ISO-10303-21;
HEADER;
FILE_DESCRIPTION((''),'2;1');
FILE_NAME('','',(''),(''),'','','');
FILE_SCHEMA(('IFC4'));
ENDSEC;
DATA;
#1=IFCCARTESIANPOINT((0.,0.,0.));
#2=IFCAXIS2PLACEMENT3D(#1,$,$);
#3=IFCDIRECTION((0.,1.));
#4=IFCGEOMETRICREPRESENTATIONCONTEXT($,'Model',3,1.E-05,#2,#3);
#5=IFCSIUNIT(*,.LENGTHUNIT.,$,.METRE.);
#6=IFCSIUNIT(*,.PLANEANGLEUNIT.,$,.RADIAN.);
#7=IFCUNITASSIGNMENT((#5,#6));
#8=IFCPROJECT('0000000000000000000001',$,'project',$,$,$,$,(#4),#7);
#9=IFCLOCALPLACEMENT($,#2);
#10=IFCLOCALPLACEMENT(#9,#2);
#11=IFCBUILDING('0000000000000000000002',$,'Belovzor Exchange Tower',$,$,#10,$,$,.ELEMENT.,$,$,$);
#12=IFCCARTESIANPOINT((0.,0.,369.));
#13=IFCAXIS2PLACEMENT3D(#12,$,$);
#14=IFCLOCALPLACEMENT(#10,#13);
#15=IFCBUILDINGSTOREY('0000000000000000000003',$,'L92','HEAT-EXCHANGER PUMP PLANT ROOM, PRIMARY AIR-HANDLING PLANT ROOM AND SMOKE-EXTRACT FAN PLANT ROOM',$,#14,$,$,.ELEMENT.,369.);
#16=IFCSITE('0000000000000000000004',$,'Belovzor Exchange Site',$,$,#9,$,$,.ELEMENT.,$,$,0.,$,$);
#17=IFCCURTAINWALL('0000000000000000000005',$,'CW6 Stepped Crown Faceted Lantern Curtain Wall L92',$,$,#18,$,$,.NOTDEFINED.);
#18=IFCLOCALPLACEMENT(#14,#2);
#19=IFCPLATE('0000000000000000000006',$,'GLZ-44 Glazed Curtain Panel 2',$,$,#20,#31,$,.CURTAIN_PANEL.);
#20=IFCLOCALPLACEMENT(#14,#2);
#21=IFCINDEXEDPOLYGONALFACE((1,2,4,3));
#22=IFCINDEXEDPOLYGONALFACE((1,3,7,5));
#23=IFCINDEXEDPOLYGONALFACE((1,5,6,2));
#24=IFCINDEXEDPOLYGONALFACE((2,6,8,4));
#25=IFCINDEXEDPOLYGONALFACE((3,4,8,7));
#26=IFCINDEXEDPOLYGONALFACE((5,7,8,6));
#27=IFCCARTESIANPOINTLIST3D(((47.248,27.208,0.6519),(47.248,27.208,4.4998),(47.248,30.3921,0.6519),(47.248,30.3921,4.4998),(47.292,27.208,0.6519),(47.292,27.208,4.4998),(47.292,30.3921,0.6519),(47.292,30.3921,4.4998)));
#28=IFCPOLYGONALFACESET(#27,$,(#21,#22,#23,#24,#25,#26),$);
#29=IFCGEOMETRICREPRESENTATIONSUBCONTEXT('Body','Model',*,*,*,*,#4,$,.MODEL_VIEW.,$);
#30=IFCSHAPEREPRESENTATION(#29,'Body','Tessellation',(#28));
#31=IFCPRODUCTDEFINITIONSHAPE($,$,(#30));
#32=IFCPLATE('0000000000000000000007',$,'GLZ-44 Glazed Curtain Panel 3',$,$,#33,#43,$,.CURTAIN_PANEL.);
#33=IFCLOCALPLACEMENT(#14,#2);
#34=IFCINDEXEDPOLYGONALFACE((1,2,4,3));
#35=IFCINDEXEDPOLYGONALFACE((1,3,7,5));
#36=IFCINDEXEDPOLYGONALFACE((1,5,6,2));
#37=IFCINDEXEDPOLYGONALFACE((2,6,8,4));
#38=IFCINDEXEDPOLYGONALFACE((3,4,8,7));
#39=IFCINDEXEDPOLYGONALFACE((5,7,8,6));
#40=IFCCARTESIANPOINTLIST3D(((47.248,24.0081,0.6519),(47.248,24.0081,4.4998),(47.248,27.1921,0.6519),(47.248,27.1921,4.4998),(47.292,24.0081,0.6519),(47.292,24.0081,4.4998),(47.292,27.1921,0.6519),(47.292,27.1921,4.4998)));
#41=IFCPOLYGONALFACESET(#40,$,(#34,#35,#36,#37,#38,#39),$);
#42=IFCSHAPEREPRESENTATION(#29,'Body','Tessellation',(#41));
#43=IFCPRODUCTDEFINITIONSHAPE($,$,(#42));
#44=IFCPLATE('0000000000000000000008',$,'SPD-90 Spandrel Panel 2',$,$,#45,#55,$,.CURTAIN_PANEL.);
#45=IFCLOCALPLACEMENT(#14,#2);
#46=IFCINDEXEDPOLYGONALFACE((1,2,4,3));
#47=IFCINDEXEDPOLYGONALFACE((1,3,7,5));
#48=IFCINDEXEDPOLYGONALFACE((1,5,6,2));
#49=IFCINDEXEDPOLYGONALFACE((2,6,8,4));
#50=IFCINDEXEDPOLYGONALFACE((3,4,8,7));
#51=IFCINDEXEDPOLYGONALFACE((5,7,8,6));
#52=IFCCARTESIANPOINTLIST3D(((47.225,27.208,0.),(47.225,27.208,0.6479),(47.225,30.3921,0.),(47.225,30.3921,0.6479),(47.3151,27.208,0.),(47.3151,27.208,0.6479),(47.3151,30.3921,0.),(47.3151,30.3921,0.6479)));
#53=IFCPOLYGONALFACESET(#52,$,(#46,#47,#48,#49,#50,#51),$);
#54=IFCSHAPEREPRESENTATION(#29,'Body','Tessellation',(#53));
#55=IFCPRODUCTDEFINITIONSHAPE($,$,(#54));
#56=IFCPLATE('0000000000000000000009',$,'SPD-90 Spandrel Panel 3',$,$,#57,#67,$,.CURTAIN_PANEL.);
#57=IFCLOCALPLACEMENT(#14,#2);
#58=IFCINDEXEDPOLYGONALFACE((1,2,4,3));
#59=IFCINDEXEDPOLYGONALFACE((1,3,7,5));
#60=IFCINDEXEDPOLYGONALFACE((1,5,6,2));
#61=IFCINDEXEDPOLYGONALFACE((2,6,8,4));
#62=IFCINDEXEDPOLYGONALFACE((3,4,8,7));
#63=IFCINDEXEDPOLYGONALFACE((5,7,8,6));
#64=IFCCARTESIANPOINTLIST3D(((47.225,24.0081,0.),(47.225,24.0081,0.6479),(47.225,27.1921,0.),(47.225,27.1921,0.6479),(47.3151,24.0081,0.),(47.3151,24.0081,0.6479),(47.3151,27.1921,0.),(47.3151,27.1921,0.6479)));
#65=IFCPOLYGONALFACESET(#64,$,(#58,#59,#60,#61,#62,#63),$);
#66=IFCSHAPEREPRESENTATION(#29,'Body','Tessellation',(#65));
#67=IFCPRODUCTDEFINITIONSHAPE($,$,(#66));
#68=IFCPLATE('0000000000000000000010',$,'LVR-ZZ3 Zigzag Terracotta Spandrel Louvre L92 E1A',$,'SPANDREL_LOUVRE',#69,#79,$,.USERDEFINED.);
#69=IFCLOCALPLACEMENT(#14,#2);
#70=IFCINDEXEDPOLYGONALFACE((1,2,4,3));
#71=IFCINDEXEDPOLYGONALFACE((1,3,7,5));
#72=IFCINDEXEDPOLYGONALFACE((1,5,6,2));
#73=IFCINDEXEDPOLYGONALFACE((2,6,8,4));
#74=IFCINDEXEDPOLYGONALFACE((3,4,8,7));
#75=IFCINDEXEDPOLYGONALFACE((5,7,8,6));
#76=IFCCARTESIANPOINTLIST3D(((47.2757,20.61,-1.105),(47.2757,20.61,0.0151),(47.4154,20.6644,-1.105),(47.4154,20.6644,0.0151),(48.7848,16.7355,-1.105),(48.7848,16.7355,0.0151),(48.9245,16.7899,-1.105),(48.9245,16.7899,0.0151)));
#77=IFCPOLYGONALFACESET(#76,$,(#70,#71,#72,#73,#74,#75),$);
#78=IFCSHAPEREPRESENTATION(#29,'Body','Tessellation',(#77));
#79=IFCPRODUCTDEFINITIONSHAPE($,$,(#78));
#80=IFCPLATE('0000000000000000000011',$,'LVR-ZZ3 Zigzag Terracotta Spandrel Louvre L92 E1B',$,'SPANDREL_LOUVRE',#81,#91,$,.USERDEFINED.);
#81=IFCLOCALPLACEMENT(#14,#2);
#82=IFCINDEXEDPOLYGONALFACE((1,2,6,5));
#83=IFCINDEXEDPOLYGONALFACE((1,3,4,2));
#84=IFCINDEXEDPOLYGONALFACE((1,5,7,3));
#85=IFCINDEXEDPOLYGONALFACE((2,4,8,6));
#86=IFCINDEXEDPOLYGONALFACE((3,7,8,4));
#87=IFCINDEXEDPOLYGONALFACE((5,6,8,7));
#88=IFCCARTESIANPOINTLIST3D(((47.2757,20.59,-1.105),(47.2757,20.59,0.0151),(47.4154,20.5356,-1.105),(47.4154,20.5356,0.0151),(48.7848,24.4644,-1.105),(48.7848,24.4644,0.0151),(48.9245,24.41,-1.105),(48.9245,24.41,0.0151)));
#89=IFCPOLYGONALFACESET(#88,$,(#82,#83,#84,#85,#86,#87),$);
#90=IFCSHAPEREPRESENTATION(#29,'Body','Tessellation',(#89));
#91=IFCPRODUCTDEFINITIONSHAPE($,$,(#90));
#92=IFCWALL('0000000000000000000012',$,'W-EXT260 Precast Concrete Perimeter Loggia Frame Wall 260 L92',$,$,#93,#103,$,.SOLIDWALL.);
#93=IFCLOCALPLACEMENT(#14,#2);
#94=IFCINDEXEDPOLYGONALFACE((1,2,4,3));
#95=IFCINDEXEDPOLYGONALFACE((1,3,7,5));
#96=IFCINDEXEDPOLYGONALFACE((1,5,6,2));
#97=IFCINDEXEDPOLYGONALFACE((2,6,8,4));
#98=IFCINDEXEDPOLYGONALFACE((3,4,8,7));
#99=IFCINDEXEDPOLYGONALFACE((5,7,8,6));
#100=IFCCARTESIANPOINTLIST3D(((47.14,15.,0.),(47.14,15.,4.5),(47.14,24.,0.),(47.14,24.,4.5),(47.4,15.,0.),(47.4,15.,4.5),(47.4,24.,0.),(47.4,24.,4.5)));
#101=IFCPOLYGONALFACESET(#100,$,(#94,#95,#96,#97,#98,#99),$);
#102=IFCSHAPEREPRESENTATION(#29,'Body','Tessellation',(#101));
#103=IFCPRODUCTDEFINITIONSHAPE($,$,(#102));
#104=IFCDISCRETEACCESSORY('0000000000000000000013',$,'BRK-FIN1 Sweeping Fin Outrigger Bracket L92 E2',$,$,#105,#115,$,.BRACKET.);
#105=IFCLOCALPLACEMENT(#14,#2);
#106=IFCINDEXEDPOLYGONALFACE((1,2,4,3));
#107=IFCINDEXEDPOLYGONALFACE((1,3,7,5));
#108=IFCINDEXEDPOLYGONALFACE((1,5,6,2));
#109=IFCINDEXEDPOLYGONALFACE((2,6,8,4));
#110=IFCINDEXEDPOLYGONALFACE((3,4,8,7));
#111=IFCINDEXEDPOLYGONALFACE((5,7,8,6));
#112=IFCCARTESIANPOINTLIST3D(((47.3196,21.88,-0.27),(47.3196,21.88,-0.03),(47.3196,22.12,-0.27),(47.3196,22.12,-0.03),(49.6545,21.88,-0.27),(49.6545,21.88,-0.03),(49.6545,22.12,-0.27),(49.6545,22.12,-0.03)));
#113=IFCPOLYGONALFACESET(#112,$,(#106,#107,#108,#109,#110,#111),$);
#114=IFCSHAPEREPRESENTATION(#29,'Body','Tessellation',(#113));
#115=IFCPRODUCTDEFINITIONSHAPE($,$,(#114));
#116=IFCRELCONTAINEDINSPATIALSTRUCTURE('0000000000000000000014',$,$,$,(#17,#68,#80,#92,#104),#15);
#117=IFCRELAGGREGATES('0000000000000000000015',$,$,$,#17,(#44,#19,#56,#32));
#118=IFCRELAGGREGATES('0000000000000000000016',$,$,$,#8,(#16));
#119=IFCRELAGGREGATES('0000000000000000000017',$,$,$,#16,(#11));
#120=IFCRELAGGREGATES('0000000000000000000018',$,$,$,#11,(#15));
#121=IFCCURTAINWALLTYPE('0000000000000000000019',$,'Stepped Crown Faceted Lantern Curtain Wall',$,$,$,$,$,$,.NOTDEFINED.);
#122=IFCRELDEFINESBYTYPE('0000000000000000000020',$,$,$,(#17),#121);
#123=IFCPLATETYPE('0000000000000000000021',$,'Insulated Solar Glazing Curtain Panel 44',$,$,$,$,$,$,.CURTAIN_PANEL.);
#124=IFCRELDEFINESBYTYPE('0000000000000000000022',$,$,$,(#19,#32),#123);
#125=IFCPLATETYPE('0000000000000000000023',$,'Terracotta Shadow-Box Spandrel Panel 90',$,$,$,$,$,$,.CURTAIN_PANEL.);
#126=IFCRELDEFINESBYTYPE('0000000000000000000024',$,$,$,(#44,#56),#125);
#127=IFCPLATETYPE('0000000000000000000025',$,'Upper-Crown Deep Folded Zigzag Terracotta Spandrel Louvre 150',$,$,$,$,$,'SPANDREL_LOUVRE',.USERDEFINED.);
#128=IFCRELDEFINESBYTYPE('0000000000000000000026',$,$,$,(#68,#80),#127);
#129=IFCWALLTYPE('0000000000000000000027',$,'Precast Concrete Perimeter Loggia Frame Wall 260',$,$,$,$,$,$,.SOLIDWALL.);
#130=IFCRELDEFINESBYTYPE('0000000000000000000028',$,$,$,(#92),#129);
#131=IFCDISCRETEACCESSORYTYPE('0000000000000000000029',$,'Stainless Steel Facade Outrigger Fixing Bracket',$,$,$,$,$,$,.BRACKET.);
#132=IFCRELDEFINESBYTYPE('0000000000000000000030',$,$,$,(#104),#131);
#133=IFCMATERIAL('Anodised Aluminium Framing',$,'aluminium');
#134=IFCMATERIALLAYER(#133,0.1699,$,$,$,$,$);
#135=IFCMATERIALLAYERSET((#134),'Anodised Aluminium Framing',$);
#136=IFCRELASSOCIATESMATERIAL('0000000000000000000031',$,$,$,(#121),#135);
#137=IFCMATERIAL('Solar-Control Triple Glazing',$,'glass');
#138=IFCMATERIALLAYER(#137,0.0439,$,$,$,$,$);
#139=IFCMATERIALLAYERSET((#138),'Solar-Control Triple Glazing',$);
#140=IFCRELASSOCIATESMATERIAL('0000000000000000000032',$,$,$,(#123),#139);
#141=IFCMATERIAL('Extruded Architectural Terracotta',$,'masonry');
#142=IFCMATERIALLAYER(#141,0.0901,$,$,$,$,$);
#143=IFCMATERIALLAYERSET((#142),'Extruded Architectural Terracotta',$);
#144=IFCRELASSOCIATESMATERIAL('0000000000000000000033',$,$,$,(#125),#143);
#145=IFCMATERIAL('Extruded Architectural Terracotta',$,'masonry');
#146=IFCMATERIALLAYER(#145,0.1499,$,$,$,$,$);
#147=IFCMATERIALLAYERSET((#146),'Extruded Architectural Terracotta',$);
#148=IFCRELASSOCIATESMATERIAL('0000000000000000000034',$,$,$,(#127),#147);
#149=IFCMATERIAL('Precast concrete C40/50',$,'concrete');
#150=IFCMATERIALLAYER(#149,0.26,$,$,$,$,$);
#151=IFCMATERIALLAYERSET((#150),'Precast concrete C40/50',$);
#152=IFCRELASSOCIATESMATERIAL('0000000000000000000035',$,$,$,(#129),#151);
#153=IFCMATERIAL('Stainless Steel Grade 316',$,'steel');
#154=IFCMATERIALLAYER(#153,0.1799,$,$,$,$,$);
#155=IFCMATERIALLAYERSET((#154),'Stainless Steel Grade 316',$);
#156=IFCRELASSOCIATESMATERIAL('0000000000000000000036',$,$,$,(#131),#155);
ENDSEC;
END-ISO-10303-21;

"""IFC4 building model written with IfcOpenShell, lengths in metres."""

from ifc_helpers import new_model, si_unit, direction, frame, frame_2d, origin, origin_2d, place, context, subcontext, project, spatial, rectangle, extrude, material, layer, layer_set, type_object, element, aggregate, save


model = new_model("IFC4")

# Units and contexts
model_context = context("Model", 3, precision=1e-05, world=origin(), true_north=direction((0.0, 1.0)))
body_context = subcontext(model_context, "Body", "Model", "MODEL_VIEW")
ifc_project = project(units=[si_unit("LENGTHUNIT", "METRE"), si_unit("PLANEANGLEUNIT", "RADIAN")], contexts=[model_context])

# Site, building, storey
site_placement = place(None, origin())
site = spatial("IfcSite", under=ifc_project, at=site_placement, Name="Belovzor Exchange Site", CompositionType="ELEMENT", RefElevation=0.0)
building_placement = place(site_placement, origin())
building = spatial("IfcBuilding", under=site, at=building_placement, Name="Belovzor Exchange Tower", CompositionType="ELEMENT")
storey_placement = place(building_placement, frame((0.0, 0.0, 369.0)))
storey = spatial("IfcBuildingStorey", under=building, at=storey_placement, Name="L92", Description="HEAT-EXCHANGER PUMP PLANT ROOM, PRIMARY AIR-HANDLING PLANT ROOM AND SMOKE-EXTRACT FAN PLANT ROOM", CompositionType="ELEMENT", Elevation=369.0)

# Curtain wall
ifc_material_1 = material(Name="Anodised Aluminium Framing", Category="aluminium")
ifc_layer_1 = layer(ifc_material_1, 0.1699)
ifc_layer_set_1 = layer_set([ifc_layer_1], Name="Anodised Aluminium Framing")
curtain_wall_type = type_object("IfcCurtainWallType", Name="Stepped Crown Faceted Lantern Curtain Wall", PredefinedType="NOTDEFINED", material=ifc_layer_set_1)
curtain_wall_placement = place(storey_placement, origin())
curtain_wall = element("IfcCurtainWall", 1, at=curtain_wall_placement, inside=storey, type_object=curtain_wall_type, Name="CW6 Stepped Crown Faceted Lantern Curtain Wall L92", PredefinedType="NOTDEFINED")

# Plates
ifc_material_2 = material(Name="Solar-Control Triple Glazing", Category="glass")
ifc_layer_2 = layer(ifc_material_2, 0.0439)
ifc_layer_set_2 = layer_set([ifc_layer_2], Name="Solar-Control Triple Glazing")
plate_type_1 = type_object("IfcPlateType", Name="Insulated Solar Glazing Curtain Panel 44", PredefinedType="CURTAIN_PANEL", material=ifc_layer_set_2)
plate_1_placement = place(storey_placement, frame((47.27, 28.8, 0.6519), z_axis=(0.0, 0.0, 1.0), x_axis=(0.0, -1.0, 0.0)))
plate_1 = element("IfcPlate", 2, at=plate_1_placement, type_object=plate_type_1, Name="GLZ-44 Glazed Curtain Panel 2", PredefinedType="CURTAIN_PANEL", context=body_context, shape_type="SweptSolid", body=[
    extrude(rectangle(XDim=3.1841, YDim=0.0439, at=origin_2d()), origin(), (0.0, 0.0, 1.0), 3.8479),
])
plate_2_placement = place(storey_placement, frame((47.27, 25.6001, 0.6519), z_axis=(0.0, 0.0, 1.0), x_axis=(0.0, -1.0, 0.0)))
plate_2 = element("IfcPlate", 3, at=plate_2_placement, type_object=plate_type_1, Name="GLZ-44 Glazed Curtain Panel 3", PredefinedType="CURTAIN_PANEL", context=body_context, shape_type="SweptSolid", body=[
    extrude(rectangle(XDim=3.1841, YDim=0.0439, at=origin_2d()), origin(), (0.0, 0.0, 1.0), 3.8479),
])
ifc_material_3 = material(Name="Extruded Architectural Terracotta", Category="masonry")
ifc_layer_3 = layer(ifc_material_3, 0.0901)
ifc_layer_set_3 = layer_set([ifc_layer_3], Name="Extruded Architectural Terracotta")
plate_type_2 = type_object("IfcPlateType", Name="Terracotta Shadow-Box Spandrel Panel 90", PredefinedType="CURTAIN_PANEL", material=ifc_layer_set_3)
plate_3_placement = place(storey_placement, frame((47.27, 28.8, 0.0), z_axis=(0.0, 0.0, 1.0), x_axis=(0.0, -1.0, 0.0)))
plate_3 = element("IfcPlate", 4, at=plate_3_placement, type_object=plate_type_2, Name="SPD-90 Spandrel Panel 2", PredefinedType="CURTAIN_PANEL", context=body_context, shape_type="SweptSolid", body=[
    extrude(rectangle(XDim=3.1841, YDim=0.0901, at=origin_2d()), origin(), (0.0, 0.0, 1.0), 0.6479),
])
plate_4_placement = place(storey_placement, frame((47.27, 25.6001, 0.0), z_axis=(0.0, 0.0, 1.0), x_axis=(0.0, -1.0, 0.0)))
plate_4 = element("IfcPlate", 5, at=plate_4_placement, type_object=plate_type_2, Name="SPD-90 Spandrel Panel 3", PredefinedType="CURTAIN_PANEL", context=body_context, shape_type="SweptSolid", body=[
    extrude(rectangle(XDim=3.1841, YDim=0.0901, at=origin_2d()), origin(), (0.0, 0.0, 1.0), 0.6479),
])
aggregate(curtain_wall, [plate_3, plate_1, plate_4, plate_2])

# Plates
ifc_material_4 = material(Name="Extruded Architectural Terracotta", Category="masonry")
ifc_layer_4 = layer(ifc_material_4, 0.1499)
ifc_layer_set_4 = layer_set([ifc_layer_4], Name="Extruded Architectural Terracotta")
plate_type_3 = type_object("IfcPlateType", Name="Upper-Crown Deep Folded Zigzag Terracotta Spandrel Louvre 150", ElementType="SPANDREL_LOUVRE", PredefinedType="USERDEFINED", material=ifc_layer_set_4)
for number, where, z_axis, x_axis, name in (
    (6, (48.1001, 18.7, -1.105), (0.0, 0.0, 1.0), (-0.362926, 0.931818, 0.0), "LVR-ZZ3 Zigzag Terracotta Spandrel Louvre L92 E1A"),
    (7, (48.1001, 22.5, -1.105), (0.0, 0.0, 1.0), (0.362926, 0.931818, 0.0), "LVR-ZZ3 Zigzag Terracotta Spandrel Louvre L92 E1B"),
):
    element("IfcPlate", number, at=place(storey_placement, frame(where, z_axis=z_axis, x_axis=x_axis)), inside=storey, type_object=plate_type_3, Name=name, ObjectType="SPANDREL_LOUVRE", PredefinedType="USERDEFINED", context=body_context, shape_type="SweptSolid", body=[
        extrude(rectangle(XDim=4.158, YDim=0.1499, at=origin_2d()), origin(), (0.0, 0.0, 1.0), 1.1201),
    ])

# Wall
ifc_material_5 = material(Name="Precast concrete C40/50", Category="concrete")
ifc_layer_5 = layer(ifc_material_5, 0.26)
ifc_layer_set_5 = layer_set([ifc_layer_5], Name="Precast concrete C40/50")
wall_type = type_object("IfcWallType", Name="Precast Concrete Perimeter Loggia Frame Wall 260", PredefinedType="SOLIDWALL", material=ifc_layer_set_5)
wall_placement = place(storey_placement, frame((47.27, 24.0, 0.0), z_axis=(0.0, 0.0, 1.0), x_axis=(0.0, -1.0, 0.0)))
element("IfcWall", 8, at=wall_placement, inside=storey, type_object=wall_type, Name="W-EXT260 Precast Concrete Perimeter Loggia Frame Wall 260 L92", PredefinedType="SOLIDWALL", context=body_context, shape_type="SweptSolid", body=[
    extrude(rectangle(XDim=9.0, YDim=0.26, at=frame_2d((4.5, 0.0))), origin(), (0.0, 0.0, 1.0), 4.5),
])

# Discrete accessory
ifc_material_6 = material(Name="Stainless Steel Grade 316", Category="steel")
ifc_layer_6 = layer(ifc_material_6, 0.1799)
ifc_layer_set_6 = layer_set([ifc_layer_6], Name="Stainless Steel Grade 316")
discrete_accessory_type = type_object("IfcDiscreteAccessoryType", Name="Stainless Steel Facade Outrigger Fixing Bracket", PredefinedType="BRACKET", material=ifc_layer_set_6)
discrete_accessory_placement = place(storey_placement, frame((48.4871, 22.0, -0.27), z_axis=(0.0, 0.0, 1.0), x_axis=(1.0, 0.0, 0.0)))
element("IfcDiscreteAccessory", 9, at=discrete_accessory_placement, inside=storey, type_object=discrete_accessory_type, Name="BRK-FIN1 Sweeping Fin Outrigger Bracket L92 E2", PredefinedType="BRACKET", context=body_context, shape_type="SweptSolid", body=[
    extrude(rectangle(XDim=2.335, YDim=0.24, at=origin_2d()), origin(), (0.0, 0.0, 1.0), 0.24),
])

save(model, "model.ifc")
